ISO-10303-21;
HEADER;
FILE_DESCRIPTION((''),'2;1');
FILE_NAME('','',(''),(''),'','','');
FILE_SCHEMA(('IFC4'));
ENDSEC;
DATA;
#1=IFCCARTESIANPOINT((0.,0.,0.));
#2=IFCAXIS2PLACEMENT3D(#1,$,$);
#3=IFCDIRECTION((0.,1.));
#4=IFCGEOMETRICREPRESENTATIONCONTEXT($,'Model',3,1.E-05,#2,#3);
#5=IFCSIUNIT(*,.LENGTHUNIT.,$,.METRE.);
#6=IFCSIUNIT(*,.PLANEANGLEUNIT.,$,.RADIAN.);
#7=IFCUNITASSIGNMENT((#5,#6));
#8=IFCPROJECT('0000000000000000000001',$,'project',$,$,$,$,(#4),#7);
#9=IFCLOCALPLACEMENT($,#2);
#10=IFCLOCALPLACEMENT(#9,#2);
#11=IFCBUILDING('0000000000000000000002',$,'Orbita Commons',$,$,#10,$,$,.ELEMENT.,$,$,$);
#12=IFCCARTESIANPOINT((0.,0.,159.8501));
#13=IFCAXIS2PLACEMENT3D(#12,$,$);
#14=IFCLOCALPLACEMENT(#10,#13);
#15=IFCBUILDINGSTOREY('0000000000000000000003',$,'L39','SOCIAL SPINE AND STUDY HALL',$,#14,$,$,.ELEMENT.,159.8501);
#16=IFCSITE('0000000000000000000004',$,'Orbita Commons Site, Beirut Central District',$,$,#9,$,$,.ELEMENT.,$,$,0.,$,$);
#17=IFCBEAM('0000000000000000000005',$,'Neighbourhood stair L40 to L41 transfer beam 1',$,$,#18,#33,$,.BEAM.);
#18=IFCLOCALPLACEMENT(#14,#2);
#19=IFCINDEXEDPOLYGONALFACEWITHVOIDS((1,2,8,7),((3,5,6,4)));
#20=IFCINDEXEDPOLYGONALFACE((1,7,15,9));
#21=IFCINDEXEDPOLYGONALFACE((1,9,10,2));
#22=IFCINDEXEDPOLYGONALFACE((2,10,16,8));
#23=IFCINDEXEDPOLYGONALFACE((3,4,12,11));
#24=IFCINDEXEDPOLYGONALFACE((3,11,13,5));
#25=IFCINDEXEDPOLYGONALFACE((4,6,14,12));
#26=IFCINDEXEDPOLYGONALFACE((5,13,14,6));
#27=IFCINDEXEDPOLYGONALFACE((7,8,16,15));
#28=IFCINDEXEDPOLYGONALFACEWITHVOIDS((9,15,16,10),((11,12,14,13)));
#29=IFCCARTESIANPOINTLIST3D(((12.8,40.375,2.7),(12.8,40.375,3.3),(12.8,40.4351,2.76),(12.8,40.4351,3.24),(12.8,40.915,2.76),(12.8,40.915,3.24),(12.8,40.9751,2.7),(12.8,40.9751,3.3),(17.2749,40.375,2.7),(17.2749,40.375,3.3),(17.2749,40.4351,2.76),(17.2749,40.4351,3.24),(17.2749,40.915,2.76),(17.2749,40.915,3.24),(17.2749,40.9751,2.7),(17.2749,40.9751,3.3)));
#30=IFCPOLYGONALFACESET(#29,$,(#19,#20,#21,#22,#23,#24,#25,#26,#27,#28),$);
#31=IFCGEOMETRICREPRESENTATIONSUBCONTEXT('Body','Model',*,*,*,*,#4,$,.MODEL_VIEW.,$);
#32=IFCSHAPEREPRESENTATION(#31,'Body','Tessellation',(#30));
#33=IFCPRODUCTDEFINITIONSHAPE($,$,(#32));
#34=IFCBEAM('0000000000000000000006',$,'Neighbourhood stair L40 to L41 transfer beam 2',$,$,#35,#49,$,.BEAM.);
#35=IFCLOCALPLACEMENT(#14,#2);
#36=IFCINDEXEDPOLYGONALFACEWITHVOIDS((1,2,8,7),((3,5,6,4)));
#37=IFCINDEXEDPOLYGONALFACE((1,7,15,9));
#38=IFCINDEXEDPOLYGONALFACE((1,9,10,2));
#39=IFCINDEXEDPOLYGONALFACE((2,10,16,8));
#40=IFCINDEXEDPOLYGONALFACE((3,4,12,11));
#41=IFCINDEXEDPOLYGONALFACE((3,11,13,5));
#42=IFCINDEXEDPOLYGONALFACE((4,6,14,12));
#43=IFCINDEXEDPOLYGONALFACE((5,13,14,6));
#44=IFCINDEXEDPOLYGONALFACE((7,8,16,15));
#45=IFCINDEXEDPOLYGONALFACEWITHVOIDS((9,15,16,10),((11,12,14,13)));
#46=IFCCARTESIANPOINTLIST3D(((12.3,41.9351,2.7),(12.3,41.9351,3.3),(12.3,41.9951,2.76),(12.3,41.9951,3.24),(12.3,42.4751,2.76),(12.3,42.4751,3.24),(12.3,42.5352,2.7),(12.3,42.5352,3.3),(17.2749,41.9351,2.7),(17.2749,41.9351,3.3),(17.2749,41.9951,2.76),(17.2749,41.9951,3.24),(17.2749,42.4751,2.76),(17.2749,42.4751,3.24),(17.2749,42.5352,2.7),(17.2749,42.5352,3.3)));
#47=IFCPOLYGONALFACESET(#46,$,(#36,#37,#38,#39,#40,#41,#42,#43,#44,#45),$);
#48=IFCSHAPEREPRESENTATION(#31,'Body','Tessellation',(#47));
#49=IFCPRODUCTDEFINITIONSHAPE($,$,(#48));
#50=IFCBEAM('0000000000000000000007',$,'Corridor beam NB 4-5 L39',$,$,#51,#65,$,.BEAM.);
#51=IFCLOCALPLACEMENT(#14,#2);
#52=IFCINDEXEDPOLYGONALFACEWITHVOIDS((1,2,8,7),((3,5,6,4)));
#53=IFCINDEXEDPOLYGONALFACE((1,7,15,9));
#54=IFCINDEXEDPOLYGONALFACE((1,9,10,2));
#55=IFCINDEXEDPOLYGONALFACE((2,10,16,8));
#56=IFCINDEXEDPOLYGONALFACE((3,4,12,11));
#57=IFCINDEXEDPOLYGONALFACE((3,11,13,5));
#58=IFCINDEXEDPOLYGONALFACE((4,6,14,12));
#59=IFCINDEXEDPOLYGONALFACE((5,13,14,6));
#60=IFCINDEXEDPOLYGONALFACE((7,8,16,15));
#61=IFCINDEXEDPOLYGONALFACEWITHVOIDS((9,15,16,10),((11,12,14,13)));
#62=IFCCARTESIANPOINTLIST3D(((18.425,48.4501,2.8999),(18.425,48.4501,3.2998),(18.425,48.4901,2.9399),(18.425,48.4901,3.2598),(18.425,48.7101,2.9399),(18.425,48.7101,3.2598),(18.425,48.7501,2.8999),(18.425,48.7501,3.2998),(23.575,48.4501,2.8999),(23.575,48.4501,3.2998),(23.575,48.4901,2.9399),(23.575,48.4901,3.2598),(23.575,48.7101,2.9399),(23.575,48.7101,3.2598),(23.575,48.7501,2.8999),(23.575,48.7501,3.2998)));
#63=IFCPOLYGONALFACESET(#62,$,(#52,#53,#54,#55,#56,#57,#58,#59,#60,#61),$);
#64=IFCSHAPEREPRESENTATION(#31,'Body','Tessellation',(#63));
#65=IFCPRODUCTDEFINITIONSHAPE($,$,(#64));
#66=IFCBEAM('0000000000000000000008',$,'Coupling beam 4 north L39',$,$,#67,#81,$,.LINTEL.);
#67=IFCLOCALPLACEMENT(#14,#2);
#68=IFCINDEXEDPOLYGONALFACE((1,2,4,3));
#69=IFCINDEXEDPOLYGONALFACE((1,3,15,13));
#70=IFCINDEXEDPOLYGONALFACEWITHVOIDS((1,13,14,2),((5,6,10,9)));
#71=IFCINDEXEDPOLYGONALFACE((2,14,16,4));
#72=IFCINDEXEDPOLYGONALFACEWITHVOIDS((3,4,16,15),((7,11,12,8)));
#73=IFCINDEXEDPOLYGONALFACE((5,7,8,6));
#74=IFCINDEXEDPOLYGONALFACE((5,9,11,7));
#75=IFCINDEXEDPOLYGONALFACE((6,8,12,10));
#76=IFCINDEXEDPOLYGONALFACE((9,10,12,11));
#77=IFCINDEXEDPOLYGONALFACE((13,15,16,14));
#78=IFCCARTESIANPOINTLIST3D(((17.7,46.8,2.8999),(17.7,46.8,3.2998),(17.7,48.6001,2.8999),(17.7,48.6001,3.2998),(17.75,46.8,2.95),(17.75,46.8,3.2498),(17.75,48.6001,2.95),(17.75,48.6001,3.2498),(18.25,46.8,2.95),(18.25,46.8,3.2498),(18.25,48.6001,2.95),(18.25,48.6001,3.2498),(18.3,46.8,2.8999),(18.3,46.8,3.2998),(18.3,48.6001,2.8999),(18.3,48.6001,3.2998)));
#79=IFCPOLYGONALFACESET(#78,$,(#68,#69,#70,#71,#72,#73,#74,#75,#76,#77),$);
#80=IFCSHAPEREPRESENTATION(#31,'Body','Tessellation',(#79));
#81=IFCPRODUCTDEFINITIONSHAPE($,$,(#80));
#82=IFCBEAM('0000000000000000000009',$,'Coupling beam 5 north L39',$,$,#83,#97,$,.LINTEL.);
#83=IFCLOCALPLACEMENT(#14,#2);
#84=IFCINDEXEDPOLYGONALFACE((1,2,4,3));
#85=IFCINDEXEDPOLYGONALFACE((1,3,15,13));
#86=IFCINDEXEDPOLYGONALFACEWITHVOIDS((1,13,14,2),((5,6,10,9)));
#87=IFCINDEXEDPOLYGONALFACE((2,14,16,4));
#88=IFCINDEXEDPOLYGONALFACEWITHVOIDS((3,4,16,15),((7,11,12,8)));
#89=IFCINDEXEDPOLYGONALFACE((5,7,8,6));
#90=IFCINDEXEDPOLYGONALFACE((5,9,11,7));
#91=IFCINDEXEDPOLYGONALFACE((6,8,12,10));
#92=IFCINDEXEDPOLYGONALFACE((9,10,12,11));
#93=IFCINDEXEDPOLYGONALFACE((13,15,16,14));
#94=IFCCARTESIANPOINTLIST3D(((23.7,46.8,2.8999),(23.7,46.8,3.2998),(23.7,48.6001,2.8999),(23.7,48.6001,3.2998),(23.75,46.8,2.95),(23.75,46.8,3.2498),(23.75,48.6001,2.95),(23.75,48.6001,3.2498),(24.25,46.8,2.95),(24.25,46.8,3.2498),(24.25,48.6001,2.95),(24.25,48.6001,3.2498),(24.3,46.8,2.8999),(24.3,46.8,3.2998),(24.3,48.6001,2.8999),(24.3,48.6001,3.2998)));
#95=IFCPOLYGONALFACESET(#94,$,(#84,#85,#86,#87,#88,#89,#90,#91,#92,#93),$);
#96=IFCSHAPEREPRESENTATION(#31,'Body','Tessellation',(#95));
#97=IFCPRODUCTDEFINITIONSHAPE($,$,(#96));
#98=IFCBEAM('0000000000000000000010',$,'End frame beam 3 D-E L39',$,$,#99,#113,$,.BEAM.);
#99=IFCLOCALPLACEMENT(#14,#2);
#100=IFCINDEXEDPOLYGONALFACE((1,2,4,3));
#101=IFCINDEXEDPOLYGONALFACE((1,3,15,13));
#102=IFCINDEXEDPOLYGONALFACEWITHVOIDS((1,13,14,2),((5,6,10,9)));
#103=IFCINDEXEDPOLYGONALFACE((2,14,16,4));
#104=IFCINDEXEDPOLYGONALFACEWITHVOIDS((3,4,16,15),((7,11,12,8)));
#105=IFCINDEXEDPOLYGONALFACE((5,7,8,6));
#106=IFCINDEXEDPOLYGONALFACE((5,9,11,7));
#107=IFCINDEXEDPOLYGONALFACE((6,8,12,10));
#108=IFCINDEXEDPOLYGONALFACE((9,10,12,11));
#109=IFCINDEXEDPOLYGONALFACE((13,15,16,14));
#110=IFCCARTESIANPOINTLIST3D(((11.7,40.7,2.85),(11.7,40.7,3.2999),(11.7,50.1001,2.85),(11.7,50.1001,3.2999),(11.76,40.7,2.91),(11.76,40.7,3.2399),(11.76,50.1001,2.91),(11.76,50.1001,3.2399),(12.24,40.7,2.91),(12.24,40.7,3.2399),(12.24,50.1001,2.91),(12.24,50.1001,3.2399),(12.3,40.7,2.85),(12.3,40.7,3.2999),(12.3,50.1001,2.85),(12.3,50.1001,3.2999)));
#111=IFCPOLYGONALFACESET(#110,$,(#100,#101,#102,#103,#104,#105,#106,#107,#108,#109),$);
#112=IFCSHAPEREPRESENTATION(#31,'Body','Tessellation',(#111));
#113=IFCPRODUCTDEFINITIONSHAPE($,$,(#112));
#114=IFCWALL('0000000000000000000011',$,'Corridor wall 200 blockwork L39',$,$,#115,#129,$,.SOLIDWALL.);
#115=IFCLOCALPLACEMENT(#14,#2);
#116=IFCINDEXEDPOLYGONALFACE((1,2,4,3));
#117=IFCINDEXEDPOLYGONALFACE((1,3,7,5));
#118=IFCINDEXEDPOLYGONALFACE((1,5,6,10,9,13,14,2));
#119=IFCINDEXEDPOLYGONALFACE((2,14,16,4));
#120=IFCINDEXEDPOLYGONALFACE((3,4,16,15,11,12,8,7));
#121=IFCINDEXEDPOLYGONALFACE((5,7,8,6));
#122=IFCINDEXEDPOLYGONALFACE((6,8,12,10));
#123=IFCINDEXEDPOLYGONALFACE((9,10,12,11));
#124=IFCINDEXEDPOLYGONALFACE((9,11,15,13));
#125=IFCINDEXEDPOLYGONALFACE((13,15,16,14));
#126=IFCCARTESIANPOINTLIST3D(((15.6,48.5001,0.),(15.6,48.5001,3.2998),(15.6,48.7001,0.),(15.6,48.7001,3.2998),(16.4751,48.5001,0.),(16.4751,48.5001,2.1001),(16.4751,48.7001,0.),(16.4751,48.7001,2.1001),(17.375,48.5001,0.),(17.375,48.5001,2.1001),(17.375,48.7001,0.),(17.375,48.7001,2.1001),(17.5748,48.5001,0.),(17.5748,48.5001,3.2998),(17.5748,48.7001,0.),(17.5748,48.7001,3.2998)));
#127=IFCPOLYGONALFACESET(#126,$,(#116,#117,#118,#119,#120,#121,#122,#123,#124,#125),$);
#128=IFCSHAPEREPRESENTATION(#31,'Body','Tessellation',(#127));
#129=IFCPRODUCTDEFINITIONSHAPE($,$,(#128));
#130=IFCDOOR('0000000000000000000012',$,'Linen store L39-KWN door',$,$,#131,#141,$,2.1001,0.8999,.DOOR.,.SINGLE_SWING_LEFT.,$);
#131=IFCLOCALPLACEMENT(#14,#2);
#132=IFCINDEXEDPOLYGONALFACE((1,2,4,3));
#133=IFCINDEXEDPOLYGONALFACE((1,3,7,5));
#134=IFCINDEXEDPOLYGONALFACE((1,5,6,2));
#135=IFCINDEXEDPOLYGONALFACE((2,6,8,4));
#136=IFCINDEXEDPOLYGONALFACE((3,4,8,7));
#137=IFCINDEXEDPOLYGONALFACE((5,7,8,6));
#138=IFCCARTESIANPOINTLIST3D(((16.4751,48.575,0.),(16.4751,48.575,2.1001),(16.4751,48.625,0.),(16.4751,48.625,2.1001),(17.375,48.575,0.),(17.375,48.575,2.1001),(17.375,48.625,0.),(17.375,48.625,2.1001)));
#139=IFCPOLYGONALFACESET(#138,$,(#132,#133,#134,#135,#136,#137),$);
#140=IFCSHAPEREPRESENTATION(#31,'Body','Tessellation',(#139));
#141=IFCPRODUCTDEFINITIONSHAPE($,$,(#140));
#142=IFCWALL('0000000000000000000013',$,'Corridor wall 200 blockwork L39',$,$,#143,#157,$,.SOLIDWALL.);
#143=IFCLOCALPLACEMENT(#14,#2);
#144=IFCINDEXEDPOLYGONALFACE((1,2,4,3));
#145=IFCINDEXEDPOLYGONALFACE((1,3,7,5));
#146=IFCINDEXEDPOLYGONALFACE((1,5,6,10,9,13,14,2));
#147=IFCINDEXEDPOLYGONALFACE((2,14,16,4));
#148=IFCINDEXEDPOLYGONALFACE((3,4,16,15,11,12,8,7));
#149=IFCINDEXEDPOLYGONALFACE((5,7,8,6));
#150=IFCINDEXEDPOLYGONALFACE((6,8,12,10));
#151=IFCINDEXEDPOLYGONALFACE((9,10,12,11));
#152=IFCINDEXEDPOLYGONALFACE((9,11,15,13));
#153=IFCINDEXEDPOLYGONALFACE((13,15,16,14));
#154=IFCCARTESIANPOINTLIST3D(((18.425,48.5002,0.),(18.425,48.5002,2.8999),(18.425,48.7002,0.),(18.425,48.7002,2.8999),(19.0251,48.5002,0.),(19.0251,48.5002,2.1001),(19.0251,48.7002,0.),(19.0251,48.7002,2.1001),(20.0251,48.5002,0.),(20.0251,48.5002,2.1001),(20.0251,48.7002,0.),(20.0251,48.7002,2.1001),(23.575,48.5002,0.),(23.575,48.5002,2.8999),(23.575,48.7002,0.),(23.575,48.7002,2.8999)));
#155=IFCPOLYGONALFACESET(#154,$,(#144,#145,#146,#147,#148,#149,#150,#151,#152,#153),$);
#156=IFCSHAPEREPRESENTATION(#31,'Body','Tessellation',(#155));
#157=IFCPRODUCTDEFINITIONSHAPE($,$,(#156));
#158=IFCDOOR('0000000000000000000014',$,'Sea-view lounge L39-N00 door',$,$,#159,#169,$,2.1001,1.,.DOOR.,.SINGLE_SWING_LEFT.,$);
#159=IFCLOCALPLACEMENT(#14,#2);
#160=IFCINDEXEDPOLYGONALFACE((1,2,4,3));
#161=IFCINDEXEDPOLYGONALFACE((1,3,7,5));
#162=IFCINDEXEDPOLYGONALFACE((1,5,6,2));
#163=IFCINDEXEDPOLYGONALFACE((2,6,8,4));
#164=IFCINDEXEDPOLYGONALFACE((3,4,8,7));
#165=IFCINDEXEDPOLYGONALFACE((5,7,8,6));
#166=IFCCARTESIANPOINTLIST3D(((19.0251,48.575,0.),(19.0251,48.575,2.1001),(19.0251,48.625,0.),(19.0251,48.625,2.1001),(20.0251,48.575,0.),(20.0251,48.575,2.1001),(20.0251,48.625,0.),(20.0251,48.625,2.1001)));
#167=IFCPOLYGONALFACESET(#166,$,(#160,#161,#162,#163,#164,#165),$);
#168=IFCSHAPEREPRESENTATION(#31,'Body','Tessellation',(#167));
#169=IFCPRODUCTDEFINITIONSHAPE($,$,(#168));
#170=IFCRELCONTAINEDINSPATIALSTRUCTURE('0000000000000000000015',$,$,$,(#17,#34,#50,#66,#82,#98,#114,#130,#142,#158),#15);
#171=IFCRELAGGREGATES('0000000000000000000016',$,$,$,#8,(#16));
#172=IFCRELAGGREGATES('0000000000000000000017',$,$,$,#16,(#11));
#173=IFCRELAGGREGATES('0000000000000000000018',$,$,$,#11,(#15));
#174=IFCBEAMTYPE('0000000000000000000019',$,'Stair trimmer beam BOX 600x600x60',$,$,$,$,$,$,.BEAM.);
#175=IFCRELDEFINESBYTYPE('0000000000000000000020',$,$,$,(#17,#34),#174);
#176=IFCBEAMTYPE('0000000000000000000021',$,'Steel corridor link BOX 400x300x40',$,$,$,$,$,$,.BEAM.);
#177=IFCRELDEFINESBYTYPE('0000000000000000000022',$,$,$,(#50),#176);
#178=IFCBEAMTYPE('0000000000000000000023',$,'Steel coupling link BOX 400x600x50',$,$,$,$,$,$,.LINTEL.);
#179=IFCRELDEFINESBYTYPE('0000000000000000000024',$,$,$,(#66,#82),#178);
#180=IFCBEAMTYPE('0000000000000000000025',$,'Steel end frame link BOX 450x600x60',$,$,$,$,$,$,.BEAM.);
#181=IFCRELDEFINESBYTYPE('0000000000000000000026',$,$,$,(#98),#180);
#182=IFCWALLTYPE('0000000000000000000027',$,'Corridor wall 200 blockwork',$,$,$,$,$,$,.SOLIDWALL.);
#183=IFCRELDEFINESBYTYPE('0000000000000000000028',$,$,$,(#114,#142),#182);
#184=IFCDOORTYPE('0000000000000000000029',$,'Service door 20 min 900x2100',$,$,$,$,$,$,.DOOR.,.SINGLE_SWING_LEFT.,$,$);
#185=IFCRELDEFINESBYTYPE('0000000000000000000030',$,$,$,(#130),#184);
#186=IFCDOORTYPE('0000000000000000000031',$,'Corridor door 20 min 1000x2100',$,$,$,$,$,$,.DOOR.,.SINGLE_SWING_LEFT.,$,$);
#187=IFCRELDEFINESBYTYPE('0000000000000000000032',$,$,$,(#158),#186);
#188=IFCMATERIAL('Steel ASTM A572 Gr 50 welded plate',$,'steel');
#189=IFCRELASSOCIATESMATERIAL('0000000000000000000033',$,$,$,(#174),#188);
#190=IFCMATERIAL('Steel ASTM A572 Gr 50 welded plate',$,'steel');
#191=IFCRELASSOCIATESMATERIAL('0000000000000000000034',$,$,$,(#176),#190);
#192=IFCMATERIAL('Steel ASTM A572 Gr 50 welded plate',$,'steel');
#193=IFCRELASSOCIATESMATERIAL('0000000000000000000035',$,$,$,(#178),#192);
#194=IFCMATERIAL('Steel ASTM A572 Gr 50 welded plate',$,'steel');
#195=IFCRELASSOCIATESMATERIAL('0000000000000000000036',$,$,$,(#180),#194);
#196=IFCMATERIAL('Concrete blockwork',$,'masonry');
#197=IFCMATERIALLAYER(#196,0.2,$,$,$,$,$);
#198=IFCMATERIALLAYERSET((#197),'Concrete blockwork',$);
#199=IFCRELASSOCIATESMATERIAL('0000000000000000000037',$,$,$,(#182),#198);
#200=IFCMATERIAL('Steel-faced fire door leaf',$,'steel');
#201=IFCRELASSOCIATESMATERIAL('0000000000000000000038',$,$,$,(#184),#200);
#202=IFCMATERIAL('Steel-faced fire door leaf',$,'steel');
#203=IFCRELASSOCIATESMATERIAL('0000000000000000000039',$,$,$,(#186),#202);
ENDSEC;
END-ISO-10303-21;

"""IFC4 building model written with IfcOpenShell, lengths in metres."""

from ifc_helpers import new_model, si_unit, direction, frame, frame_2d, origin, origin_2d, place, context, subcontext, project, spatial, polyline, rectangle, hollow_rectangle, outline, extrude, material, layer, layer_set, material_profile, profile_set, type_object, element, fill, save


model = new_model("IFC4")

# Units and contexts
model_context = context("Model", 3, precision=1e-05, world=origin(), true_north=direction((0.0, 1.0)))
body_context = subcontext(model_context, "Body", "Model", "MODEL_VIEW")
ifc_project = project(units=[si_unit("LENGTHUNIT", "METRE"), si_unit("PLANEANGLEUNIT", "RADIAN")], contexts=[model_context])

# Site, building, storey
site_placement = place(None, origin())
site = spatial("IfcSite", under=ifc_project, at=site_placement, Name="Orbita Commons Site, Beirut Central District", CompositionType="ELEMENT", RefElevation=0.0)
building_placement = place(site_placement, origin())
building = spatial("IfcBuilding", under=site, at=building_placement, Name="Orbita Commons", CompositionType="ELEMENT")
storey_placement = place(building_placement, frame((0.0, 0.0, 159.8501)))
storey = spatial("IfcBuildingStorey", under=building, at=storey_placement, Name="L39", Description="SOCIAL SPINE AND STUDY HALL", CompositionType="ELEMENT", Elevation=159.8501)

# Beams
ifc_material_1 = material(Name="Steel ASTM A572 Gr 50 welded plate", Category="steel")
ifc_material_profile_1 = material_profile(ifc_material_1, hollow_rectangle(XDim=0.6001, YDim=0.6001, WallThickness=0.0601, at=origin_2d()), Name="BOX 600x600x60")
ifc_profile_set_1 = profile_set([ifc_material_profile_1], Name="Steel ASTM A572 Gr 50 welded plate")
beam_type_1 = type_object("IfcBeamType", Name="Stair trimmer beam BOX 600x600x60", PredefinedType="BEAM", material=ifc_profile_set_1)
beam_1_placement = place(storey_placement, frame((12.8, 40.675, 3.0), z_axis=(1.0, 0.0, 0.0), x_axis=(0.0, 1.0, 0.0)))
element("IfcBeam", 1, at=beam_1_placement, inside=storey, type_object=beam_type_1, Name="Neighbourhood stair L40 to L41 transfer beam 1", PredefinedType="BEAM", context=body_context, shape_type="SweptSolid", body=[
    extrude(hollow_rectangle(XDim=0.6001, YDim=0.6001, WallThickness=0.0601, at=origin_2d()), origin(), (0.0, 0.0, 1.0), 4.4749),
])
beam_2_placement = place(storey_placement, frame((12.3, 42.2351, 3.0), z_axis=(1.0, 0.0, 0.0), x_axis=(0.0, 1.0, 0.0)))
element("IfcBeam", 2, at=beam_2_placement, inside=storey, type_object=beam_type_1, Name="Neighbourhood stair L40 to L41 transfer beam 2", PredefinedType="BEAM", context=body_context, shape_type="SweptSolid", body=[
    extrude(hollow_rectangle(XDim=0.6001, YDim=0.6001, WallThickness=0.0601, at=origin_2d()), origin(), (0.0, 0.0, 1.0), 4.9749),
])
ifc_material_2 = material(Name="Steel ASTM A572 Gr 50 welded plate", Category="steel")
ifc_material_profile_2 = material_profile(ifc_material_2, hollow_rectangle(XDim=0.3, YDim=0.3999, WallThickness=0.04, at=origin_2d()), Name="BOX 400x300x40")
ifc_profile_set_2 = profile_set([ifc_material_profile_2], Name="Steel ASTM A572 Gr 50 welded plate")
beam_type_2 = type_object("IfcBeamType", Name="Steel corridor link BOX 400x300x40", PredefinedType="BEAM", material=ifc_profile_set_2)
beam_3_placement = place(storey_placement, frame((18.425, 48.6001, 3.0999), z_axis=(1.0, 0.0, 0.0), x_axis=(0.0, 1.0, 0.0)))
element("IfcBeam", 3, at=beam_3_placement, inside=storey, type_object=beam_type_2, Name="Corridor beam NB 4-5 L39", PredefinedType="BEAM", context=body_context, shape_type="SweptSolid", body=[
    extrude(hollow_rectangle(XDim=0.3, YDim=0.3999, WallThickness=0.04, at=origin_2d()), origin(), (0.0, 0.0, 1.0), 5.1499),
])
ifc_material_3 = material(Name="Steel ASTM A572 Gr 50 welded plate", Category="steel")
ifc_material_profile_3 = material_profile(ifc_material_3, hollow_rectangle(XDim=0.6001, YDim=0.3999, WallThickness=0.05, at=origin_2d()), Name="BOX 400x600x50")
ifc_profile_set_3 = profile_set([ifc_material_profile_3], Name="Steel ASTM A572 Gr 50 welded plate")
beam_type_3 = type_object("IfcBeamType", Name="Steel coupling link BOX 400x600x50", PredefinedType="LINTEL", material=ifc_profile_set_3)
for number, where, z_axis, x_axis, name in (
    (4, (18.0, 46.8, 3.0999), (0.0, 1.0, 0.0), (-1.0, 0.0, 0.0), "Coupling beam 4 north L39"),
    (5, (24.0, 46.8, 3.0999), (0.0, 1.0, 0.0), (-1.0, 0.0, 0.0), "Coupling beam 5 north L39"),
):
    element("IfcBeam", number, at=place(storey_placement, frame(where, z_axis=z_axis, x_axis=x_axis)), inside=storey, type_object=beam_type_3, Name=name, PredefinedType="LINTEL", context=body_context, shape_type="SweptSolid", body=[
        extrude(hollow_rectangle(XDim=0.6001, YDim=0.3999, WallThickness=0.05, at=origin_2d()), origin(), (0.0, 0.0, 1.0), 1.8),
    ])
ifc_material_4 = material(Name="Steel ASTM A572 Gr 50 welded plate", Category="steel")
ifc_material_profile_4 = material_profile(ifc_material_4, hollow_rectangle(XDim=0.6001, YDim=0.45, WallThickness=0.0601, at=origin_2d()), Name="BOX 450x600x60")
ifc_profile_set_4 = profile_set([ifc_material_profile_4], Name="Steel ASTM A572 Gr 50 welded plate")
beam_type_4 = type_object("IfcBeamType", Name="Steel end frame link BOX 450x600x60", PredefinedType="BEAM", material=ifc_profile_set_4)
beam_4_placement = place(storey_placement, frame((12.0, 40.7, 3.075), z_axis=(0.0, 1.0, 0.0), x_axis=(-1.0, 0.0, 0.0)))
element("IfcBeam", 6, at=beam_4_placement, inside=storey, type_object=beam_type_4, Name="End frame beam 3 D-E L39", PredefinedType="BEAM", context=body_context, shape_type="SweptSolid", body=[
    extrude(hollow_rectangle(XDim=0.6001, YDim=0.45, WallThickness=0.0601, at=origin_2d()), origin(), (0.0, 0.0, 1.0), 9.4001),
])

# Walls, openings, doors
ifc_material_5 = material(Name="Concrete blockwork", Category="masonry")
ifc_layer_1 = layer(ifc_material_5, 0.2)
ifc_layer_set_1 = layer_set([ifc_layer_1], Name="Concrete blockwork")
wall_type_1 = type_object("IfcWallType", Name="Corridor wall 200 blockwork", PredefinedType="SOLIDWALL", material=ifc_layer_set_1)
wall_1_placement = place(storey_placement, frame((15.6001, 48.6001, 0.0), z_axis=(0.0, 0.0, 1.0), x_axis=(1.0, 0.0, 0.0)))
wall_1 = element("IfcWall", 7, at=wall_1_placement, inside=storey, type_object=wall_type_1, Name="Corridor wall 200 blockwork L39", PredefinedType="SOLIDWALL", context=body_context, shape_type="SweptSolid", body=[
    extrude(rectangle(XDim=1.9749, YDim=0.2, at=frame_2d((0.9873, 0.0))), origin(), (0.0, 0.0, 1.0), 3.2998),
])
opening_1_placement = place(wall_1_placement, frame((0.875, 0.0, 0.0)))
opening_1 = element("IfcOpeningElement", 8, at=opening_1_placement, cuts=wall_1, PredefinedType="OPENING", context=body_context, shape_type="SweptSolid", body=[
    extrude(rectangle(XDim=0.8999, YDim=2.1001, at=frame_2d((0.45, 1.05))), frame((0.0, 0.1099, 0.0), z_axis=(0.0, -1.0, 0.0), x_axis=(1.0, 0.0, 0.0)), (0.0, 0.0, 1.0), 0.22),
])
ifc_material_6 = material(Name="Steel-faced fire door leaf", Category="steel")
door_type_1 = type_object("IfcDoorType", Name="Service door 20 min 900x2100", OperationType="SINGLE_SWING_LEFT", PredefinedType="DOOR", material=ifc_material_6)
door_1_placement = place(opening_1_placement, origin())
door_1 = element("IfcDoor", 9, at=door_1_placement, inside=storey, type_object=door_type_1, Name="Linen store L39-KWN door", OperationType="SINGLE_SWING_LEFT", OverallHeight=2.1001, OverallWidth=0.8999, PredefinedType="DOOR", context=body_context, shape_type="SweptSolid", body=[
    extrude(rectangle(XDim=0.8999, YDim=2.1001, at=frame_2d((0.45, 1.05))), frame((0.0, 0.0249, 0.0), z_axis=(0.0, -1.0, 0.0), x_axis=(1.0, 0.0, 0.0)), (0.0, 0.0, 1.0), 0.05),
])
fill(opening_1, door_1)
wall_2_placement = place(storey_placement, frame((18.425, 48.6001, 0.0), z_axis=(0.0, 0.0, 1.0), x_axis=(1.0, 0.0, 0.0)))
wall_2 = element("IfcWall", 10, at=wall_2_placement, inside=storey, type_object=wall_type_1, Name="Corridor wall 200 blockwork L39", PredefinedType="SOLIDWALL", context=body_context, shape_type="SweptSolid", body=[
    extrude(outline(polyline([(0.0, 0.0), (5.1499, 0.0), (5.1499, 2.8999), (0.0, 2.8999), (0.0, 0.0)])), frame((0.0, 0.1001, 0.0), z_axis=(0.0, -1.0, 0.0), x_axis=(1.0, 0.0, 0.0)), (0.0, 0.0, 1.0), 0.2),
])
opening_2_placement = place(wall_2_placement, frame((0.6001, 0.0, 0.0)))
opening_2 = element("IfcOpeningElement", 11, at=opening_2_placement, cuts=wall_2, PredefinedType="OPENING", context=body_context, shape_type="SweptSolid", body=[
    extrude(rectangle(XDim=1.0, YDim=2.1001, at=frame_2d((0.5, 1.05))), frame((0.0, 0.1099, 0.0), z_axis=(0.0, -1.0, 0.0), x_axis=(1.0, 0.0, 0.0)), (0.0, 0.0, 1.0), 0.22),
])
ifc_material_7 = material(Name="Steel-faced fire door leaf", Category="steel")
door_type_2 = type_object("IfcDoorType", Name="Corridor door 20 min 1000x2100", OperationType="SINGLE_SWING_LEFT", PredefinedType="DOOR", material=ifc_material_7)
door_2_placement = place(opening_2_placement, origin())
door_2 = element("IfcDoor", 12, at=door_2_placement, inside=storey, type_object=door_type_2, Name="Sea-view lounge L39-N00 door", OperationType="SINGLE_SWING_LEFT", OverallHeight=2.1001, OverallWidth=1.0, PredefinedType="DOOR", context=body_context, shape_type="SweptSolid", body=[
    extrude(rectangle(XDim=1.0, YDim=2.1001, at=frame_2d((0.5, 1.05))), frame((0.0, 0.0249, 0.0), z_axis=(0.0, -1.0, 0.0), x_axis=(1.0, 0.0, 0.0)), (0.0, 0.0, 1.0), 0.05),
])
fill(opening_2, door_2)

save(model, "model.ifc")
